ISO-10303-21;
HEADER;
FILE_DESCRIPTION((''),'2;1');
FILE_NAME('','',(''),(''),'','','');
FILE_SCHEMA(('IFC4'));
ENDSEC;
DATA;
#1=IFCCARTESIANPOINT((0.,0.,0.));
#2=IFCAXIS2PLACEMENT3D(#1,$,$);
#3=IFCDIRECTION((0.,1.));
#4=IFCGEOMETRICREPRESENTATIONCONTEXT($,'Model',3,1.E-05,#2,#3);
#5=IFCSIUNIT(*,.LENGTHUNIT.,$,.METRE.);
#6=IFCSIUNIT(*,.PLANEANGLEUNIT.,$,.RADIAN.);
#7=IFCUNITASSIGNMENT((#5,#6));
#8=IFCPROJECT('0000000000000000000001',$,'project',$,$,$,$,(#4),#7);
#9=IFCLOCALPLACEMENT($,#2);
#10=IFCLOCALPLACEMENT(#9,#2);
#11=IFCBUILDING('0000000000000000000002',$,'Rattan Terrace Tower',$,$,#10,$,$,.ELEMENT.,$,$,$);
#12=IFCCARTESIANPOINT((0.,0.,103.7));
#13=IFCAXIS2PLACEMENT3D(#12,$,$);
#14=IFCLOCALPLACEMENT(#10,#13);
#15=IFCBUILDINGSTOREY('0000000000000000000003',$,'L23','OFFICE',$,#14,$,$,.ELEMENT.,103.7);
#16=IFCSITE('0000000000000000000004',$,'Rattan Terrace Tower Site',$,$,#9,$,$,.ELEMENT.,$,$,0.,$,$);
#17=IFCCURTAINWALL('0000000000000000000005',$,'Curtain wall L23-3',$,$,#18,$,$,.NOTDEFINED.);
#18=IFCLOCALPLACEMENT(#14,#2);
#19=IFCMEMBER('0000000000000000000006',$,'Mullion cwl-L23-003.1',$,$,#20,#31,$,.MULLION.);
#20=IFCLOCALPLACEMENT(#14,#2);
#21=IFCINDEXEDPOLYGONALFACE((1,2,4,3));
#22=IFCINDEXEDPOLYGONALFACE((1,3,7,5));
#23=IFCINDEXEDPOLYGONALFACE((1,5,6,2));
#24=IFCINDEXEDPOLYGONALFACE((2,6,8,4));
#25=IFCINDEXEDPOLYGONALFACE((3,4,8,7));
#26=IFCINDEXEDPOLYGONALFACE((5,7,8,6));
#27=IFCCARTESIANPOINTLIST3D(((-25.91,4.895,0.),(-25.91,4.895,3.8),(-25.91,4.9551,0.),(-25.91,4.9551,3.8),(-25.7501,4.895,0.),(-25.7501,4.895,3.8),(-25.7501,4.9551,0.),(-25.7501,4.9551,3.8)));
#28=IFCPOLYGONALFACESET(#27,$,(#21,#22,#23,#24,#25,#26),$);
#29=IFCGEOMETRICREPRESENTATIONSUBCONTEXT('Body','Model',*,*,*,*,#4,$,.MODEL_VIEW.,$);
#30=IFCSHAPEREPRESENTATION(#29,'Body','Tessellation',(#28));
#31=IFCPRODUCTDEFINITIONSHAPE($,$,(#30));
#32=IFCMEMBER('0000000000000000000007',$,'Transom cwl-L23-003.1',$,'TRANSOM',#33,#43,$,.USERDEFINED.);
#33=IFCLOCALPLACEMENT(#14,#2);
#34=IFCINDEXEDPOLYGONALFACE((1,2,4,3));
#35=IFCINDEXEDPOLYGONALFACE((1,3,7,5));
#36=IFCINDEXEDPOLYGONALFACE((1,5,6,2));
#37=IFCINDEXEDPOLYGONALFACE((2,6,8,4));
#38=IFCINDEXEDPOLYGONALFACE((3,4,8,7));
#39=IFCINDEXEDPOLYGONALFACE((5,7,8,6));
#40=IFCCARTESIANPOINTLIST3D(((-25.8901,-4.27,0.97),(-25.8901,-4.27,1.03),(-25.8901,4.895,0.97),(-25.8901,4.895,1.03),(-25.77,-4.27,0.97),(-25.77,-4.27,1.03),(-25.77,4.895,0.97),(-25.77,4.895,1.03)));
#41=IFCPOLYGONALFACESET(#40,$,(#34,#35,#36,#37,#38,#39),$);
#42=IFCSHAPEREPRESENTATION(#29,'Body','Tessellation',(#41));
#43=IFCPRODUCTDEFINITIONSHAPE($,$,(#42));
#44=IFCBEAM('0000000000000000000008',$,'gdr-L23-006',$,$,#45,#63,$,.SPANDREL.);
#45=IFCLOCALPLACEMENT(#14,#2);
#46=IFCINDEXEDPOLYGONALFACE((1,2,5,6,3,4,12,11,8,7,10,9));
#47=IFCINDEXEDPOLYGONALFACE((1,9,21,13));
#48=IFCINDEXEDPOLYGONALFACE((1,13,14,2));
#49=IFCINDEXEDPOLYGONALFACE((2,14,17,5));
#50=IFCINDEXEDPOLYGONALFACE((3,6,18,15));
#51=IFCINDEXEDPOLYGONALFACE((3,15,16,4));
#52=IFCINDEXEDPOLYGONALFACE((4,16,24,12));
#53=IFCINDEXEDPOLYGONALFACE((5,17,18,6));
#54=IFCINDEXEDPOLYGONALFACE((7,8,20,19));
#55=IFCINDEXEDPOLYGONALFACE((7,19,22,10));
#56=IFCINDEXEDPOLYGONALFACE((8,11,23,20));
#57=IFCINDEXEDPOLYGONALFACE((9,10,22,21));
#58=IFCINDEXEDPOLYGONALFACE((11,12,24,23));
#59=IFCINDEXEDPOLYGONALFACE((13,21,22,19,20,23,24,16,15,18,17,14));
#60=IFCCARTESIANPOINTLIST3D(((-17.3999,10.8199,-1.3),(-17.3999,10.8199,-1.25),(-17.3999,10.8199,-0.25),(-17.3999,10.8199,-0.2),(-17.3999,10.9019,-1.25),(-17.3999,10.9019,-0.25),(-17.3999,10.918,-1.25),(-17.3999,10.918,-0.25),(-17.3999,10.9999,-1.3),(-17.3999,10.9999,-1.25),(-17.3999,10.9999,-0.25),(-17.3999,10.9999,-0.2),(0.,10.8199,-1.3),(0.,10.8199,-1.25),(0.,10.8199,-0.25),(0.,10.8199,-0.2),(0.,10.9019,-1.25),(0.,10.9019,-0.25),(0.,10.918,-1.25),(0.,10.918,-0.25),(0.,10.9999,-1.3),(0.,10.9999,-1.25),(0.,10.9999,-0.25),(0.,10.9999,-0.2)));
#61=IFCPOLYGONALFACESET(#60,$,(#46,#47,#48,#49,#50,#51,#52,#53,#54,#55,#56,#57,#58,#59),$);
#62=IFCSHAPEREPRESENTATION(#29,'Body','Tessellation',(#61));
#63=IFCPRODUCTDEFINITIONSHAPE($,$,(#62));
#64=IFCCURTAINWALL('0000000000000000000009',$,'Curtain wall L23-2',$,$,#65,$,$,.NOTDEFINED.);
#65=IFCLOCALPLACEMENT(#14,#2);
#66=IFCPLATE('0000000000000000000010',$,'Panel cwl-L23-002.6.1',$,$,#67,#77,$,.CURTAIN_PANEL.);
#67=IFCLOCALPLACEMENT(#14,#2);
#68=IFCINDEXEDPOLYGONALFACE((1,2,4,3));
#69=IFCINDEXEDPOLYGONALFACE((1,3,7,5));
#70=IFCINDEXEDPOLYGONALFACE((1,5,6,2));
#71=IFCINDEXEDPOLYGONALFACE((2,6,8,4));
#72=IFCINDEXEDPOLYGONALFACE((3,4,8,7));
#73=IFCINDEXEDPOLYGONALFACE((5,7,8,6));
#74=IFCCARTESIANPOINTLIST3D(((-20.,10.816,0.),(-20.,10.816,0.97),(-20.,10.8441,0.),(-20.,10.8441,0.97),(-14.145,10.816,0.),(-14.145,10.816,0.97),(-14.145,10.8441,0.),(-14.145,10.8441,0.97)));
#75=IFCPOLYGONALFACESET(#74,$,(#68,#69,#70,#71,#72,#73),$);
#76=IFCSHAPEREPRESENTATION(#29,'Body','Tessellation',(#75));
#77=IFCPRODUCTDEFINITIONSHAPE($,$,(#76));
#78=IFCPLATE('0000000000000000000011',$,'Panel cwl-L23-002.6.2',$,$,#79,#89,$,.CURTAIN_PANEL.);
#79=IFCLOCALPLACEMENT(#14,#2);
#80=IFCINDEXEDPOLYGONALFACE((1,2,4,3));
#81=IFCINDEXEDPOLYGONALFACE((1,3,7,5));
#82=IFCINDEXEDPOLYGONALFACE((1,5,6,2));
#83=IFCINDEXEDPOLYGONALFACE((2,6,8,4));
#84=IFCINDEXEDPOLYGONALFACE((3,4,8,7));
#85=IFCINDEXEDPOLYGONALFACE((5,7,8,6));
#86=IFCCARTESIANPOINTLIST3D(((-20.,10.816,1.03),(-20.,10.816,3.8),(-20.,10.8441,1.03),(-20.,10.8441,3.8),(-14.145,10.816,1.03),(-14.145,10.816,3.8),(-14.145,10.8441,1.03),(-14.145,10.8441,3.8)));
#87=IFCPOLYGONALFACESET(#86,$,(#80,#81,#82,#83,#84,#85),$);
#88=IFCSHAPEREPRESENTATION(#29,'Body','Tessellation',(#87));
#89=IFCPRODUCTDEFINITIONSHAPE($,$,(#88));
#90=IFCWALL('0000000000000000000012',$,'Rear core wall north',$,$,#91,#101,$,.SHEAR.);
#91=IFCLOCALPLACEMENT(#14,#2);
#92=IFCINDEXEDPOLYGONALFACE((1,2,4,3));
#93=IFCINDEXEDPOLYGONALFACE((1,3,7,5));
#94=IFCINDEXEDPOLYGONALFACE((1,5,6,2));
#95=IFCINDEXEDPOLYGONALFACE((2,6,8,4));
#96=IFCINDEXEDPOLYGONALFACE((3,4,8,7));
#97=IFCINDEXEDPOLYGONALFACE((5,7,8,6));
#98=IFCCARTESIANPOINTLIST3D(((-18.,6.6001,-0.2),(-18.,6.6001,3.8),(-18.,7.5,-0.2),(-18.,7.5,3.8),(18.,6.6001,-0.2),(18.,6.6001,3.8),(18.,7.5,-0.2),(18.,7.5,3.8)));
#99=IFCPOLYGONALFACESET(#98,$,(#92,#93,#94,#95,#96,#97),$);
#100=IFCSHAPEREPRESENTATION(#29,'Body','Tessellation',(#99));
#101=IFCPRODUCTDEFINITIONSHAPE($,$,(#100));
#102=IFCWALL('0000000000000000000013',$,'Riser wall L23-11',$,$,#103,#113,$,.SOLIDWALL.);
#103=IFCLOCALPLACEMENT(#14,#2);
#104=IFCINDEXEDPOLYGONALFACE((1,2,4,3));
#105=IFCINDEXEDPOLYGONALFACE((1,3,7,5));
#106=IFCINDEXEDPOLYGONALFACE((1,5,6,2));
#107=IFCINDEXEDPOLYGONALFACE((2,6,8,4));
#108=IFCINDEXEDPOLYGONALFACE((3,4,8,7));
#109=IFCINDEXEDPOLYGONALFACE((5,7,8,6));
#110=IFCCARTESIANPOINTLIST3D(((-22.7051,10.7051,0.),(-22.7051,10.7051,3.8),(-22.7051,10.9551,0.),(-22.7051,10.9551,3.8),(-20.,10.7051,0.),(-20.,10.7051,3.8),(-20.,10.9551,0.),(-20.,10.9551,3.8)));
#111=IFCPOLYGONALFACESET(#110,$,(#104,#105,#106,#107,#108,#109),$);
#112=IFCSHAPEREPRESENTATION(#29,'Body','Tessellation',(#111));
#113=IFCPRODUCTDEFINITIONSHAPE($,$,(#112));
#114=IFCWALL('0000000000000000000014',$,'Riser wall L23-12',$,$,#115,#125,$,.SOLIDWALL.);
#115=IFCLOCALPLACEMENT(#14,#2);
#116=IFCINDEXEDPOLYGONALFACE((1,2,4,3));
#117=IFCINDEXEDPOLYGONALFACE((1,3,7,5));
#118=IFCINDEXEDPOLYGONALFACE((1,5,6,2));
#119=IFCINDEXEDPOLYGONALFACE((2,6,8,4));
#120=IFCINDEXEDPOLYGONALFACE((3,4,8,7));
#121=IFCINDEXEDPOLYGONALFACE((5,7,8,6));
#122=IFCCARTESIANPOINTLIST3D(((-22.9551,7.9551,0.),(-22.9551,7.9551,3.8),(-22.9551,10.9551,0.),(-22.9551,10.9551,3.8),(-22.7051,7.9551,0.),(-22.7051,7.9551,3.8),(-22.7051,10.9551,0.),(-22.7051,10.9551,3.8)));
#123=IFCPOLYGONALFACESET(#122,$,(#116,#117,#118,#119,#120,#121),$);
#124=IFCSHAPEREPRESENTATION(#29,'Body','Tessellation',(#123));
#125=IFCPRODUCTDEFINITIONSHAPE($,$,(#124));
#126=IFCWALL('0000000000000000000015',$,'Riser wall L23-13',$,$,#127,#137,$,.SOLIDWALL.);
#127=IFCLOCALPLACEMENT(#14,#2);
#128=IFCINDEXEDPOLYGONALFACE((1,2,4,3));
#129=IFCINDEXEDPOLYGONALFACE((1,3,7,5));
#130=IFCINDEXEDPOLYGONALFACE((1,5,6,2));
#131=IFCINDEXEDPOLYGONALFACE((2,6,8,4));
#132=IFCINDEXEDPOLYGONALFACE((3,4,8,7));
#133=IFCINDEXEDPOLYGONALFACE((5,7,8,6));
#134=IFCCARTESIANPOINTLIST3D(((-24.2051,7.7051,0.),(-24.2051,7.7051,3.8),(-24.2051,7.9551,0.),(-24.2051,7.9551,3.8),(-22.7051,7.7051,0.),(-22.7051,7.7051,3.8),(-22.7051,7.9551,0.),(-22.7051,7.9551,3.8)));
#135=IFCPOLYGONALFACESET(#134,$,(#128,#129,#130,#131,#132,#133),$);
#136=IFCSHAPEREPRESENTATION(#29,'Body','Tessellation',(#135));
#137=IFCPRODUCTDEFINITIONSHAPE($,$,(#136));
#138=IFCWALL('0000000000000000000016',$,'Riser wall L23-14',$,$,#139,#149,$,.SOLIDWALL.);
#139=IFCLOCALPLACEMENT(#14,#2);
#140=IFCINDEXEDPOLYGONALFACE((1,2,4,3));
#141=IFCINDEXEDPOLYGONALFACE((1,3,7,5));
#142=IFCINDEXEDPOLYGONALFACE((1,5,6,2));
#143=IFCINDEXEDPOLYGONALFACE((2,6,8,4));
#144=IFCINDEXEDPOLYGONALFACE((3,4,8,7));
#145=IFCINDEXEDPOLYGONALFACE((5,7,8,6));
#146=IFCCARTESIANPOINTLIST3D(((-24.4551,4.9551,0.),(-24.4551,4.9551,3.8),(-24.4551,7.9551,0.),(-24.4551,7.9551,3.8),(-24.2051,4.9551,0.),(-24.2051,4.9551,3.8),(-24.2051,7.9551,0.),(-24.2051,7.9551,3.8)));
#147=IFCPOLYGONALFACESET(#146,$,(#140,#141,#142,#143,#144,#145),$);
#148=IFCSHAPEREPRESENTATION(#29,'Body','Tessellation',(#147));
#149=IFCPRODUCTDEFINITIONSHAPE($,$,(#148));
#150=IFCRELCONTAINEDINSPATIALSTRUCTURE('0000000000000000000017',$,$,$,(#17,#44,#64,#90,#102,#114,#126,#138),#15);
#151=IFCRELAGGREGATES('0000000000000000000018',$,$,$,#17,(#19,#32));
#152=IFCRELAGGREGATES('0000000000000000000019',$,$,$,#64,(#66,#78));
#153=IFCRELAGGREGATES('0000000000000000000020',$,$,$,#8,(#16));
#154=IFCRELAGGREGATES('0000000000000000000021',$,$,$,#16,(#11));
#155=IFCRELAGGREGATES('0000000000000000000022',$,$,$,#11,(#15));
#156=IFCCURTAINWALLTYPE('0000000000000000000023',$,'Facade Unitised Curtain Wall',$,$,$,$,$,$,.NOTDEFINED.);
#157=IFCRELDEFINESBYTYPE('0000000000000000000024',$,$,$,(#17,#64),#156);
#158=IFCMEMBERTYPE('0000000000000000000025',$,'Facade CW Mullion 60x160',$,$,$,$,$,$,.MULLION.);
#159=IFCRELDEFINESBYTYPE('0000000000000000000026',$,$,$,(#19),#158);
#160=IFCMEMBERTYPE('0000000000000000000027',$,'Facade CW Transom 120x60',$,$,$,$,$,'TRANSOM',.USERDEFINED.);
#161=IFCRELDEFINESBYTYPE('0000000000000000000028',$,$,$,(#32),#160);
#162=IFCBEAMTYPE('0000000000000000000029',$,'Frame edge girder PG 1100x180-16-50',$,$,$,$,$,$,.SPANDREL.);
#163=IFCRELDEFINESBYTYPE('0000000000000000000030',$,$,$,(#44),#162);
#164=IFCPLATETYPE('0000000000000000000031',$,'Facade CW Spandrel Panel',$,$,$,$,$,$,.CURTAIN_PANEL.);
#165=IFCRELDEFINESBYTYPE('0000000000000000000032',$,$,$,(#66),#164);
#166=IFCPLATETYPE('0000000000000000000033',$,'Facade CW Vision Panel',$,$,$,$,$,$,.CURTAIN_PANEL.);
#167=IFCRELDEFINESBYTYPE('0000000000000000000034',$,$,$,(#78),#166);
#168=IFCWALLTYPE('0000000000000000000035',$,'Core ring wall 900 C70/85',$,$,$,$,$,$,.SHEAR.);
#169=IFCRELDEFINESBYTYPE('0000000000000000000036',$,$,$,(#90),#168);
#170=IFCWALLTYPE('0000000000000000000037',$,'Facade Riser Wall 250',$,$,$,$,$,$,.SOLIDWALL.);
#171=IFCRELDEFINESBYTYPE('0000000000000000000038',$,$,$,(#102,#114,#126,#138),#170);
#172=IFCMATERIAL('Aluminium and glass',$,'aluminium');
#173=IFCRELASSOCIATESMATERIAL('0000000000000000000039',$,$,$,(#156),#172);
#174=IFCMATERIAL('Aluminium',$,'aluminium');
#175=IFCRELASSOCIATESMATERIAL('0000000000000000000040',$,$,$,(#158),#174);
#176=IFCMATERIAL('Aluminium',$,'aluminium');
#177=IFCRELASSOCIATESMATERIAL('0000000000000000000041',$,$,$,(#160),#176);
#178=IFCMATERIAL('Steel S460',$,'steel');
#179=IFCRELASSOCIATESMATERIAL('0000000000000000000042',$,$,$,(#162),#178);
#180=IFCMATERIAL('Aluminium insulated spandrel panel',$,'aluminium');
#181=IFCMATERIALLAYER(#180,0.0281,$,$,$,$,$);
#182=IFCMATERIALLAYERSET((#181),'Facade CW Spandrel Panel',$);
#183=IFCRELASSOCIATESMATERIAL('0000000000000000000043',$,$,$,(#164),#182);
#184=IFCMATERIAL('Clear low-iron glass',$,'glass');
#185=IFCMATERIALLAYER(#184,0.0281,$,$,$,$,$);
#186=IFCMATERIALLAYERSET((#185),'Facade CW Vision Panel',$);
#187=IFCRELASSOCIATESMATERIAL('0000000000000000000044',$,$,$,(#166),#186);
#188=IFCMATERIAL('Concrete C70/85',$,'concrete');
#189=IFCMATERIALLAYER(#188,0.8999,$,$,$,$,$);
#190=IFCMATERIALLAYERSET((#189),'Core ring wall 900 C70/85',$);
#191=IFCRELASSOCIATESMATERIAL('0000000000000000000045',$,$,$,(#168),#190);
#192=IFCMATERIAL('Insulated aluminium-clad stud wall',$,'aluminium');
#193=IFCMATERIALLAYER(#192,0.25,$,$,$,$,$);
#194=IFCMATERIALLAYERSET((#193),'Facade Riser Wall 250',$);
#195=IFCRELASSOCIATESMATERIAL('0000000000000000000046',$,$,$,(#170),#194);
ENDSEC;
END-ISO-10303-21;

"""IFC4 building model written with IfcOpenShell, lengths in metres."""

from ifc_helpers import new_model, si_unit, direction, frame, frame_2d, origin, origin_2d, place, context, subcontext, project, spatial, rectangle, i_section, extrude, material, layer, layer_set, material_profile, profile_set, type_object, element, aggregate, save


model = new_model("IFC4")

# Units and contexts
model_context = context("Model", 3, precision=1e-05, world=origin(), true_north=direction((0.0, 1.0)))
body_context = subcontext(model_context, "Body", "Model", "MODEL_VIEW")
ifc_project = project(units=[si_unit("LENGTHUNIT", "METRE"), si_unit("PLANEANGLEUNIT", "RADIAN")], contexts=[model_context])

# Site, building, storey
site_placement = place(None, origin())
site = spatial("IfcSite", under=ifc_project, at=site_placement, Name="Rattan Terrace Tower Site", CompositionType="ELEMENT", RefElevation=0.0)
building_placement = place(site_placement, origin())
building = spatial("IfcBuilding", under=site, at=building_placement, Name="Rattan Terrace Tower", CompositionType="ELEMENT")
storey_placement = place(building_placement, frame((0.0, 0.0, 103.7)))
storey = spatial("IfcBuildingStorey", under=building, at=storey_placement, Name="L23", Description="OFFICE", CompositionType="ELEMENT", Elevation=103.7)

# Curtain wall, members
ifc_material_1 = material(Name="Aluminium and glass", Category="aluminium")
curtain_wall_type = type_object("IfcCurtainWallType", Name="Facade Unitised Curtain Wall", PredefinedType="NOTDEFINED", material=ifc_material_1)
curtain_wall_1_placement = place(storey_placement, origin())
curtain_wall_1 = element("IfcCurtainWall", 1, at=curtain_wall_1_placement, inside=storey, type_object=curtain_wall_type, Name="Curtain wall L23-3", PredefinedType="NOTDEFINED")
ifc_material_2 = material(Name="Aluminium", Category="aluminium")
ifc_material_profile_1 = material_profile(ifc_material_2, rectangle(XDim=0.0601, YDim=0.1599, at=origin_2d()), Name="Aluminium 60x160")
ifc_profile_set_1 = profile_set([ifc_material_profile_1], Name="Aluminium")
member_type_1 = type_object("IfcMemberType", Name="Facade CW Mullion 60x160", PredefinedType="MULLION", material=ifc_profile_set_1)
member_1_placement = place(storey_placement, frame((-25.8301, 4.925, 0.0), z_axis=(0.0, 0.0, 1.0), x_axis=(0.0, -1.0, 0.0)))
member_1 = element("IfcMember", 2, at=member_1_placement, type_object=member_type_1, Name="Mullion cwl-L23-003.1", PredefinedType="MULLION", context=body_context, shape_type="SweptSolid", body=[
    extrude(rectangle(XDim=0.0601, YDim=0.1599, at=origin_2d()), origin(), (0.0, 0.0, 1.0), 3.8),
])
ifc_material_3 = material(Name="Aluminium", Category="aluminium")
ifc_material_profile_2 = material_profile(ifc_material_3, rectangle(XDim=0.1201, YDim=0.0601, at=origin_2d()), Name="Aluminium 120x60")
ifc_profile_set_2 = profile_set([ifc_material_profile_2], Name="Aluminium")
member_type_2 = type_object("IfcMemberType", Name="Facade CW Transom 120x60", ElementType="TRANSOM", PredefinedType="USERDEFINED", material=ifc_profile_set_2)
member_2_placement = place(storey_placement, frame((-25.8301, 4.895, 1.0), z_axis=(0.0, -1.0, 0.0), x_axis=(1.0, 0.0, 0.0)))
member_2 = element("IfcMember", 3, at=member_2_placement, type_object=member_type_2, Name="Transom cwl-L23-003.1", ObjectType="TRANSOM", PredefinedType="USERDEFINED", context=body_context, shape_type="SweptSolid", body=[
    extrude(rectangle(XDim=0.1201, YDim=0.0601, at=origin_2d()), origin(), (0.0, 0.0, 1.0), 9.165),
])
aggregate(curtain_wall_1, [member_1, member_2])

# Beam
ifc_material_4 = material(Name="Steel S460", Category="steel")
ifc_material_profile_3 = material_profile(ifc_material_4, i_section(OverallWidth=0.1799, OverallDepth=1.1001, WebThickness=0.0161, FlangeThickness=0.05, at=origin_2d()), Name="PG 1100x180-16-50")
ifc_profile_set_3 = profile_set([ifc_material_profile_3], Name="Steel S460")
beam_type = type_object("IfcBeamType", Name="Frame edge girder PG 1100x180-16-50", PredefinedType="SPANDREL", material=ifc_profile_set_3)
beam_placement = place(storey_placement, frame((-17.3999, 10.9099, -0.75), z_axis=(1.0, 0.0, 0.0), x_axis=(0.0, 1.0, 0.0)))
element("IfcBeam", 4, at=beam_placement, inside=storey, type_object=beam_type, Name="gdr-L23-006", PredefinedType="SPANDREL", context=body_context, shape_type="SweptSolid", body=[
    extrude(i_section(OverallWidth=0.1799, OverallDepth=1.1001, WebThickness=0.0161, FlangeThickness=0.05, at=origin_2d()), origin(), (0.0, 0.0, 1.0), 17.3999),
])

# Curtain wall, plates
curtain_wall_2_placement = place(storey_placement, origin())
curtain_wall_2 = element("IfcCurtainWall", 5, at=curtain_wall_2_placement, inside=storey, type_object=curtain_wall_type, Name="Curtain wall L23-2", PredefinedType="NOTDEFINED")
ifc_material_5 = material(Name="Aluminium insulated spandrel panel", Category="aluminium")
ifc_layer_1 = layer(ifc_material_5, 0.0281)
ifc_layer_set_1 = layer_set([ifc_layer_1], Name="Facade CW Spandrel Panel")
plate_type_1 = type_object("IfcPlateType", Name="Facade CW Spandrel Panel", PredefinedType="CURTAIN_PANEL", material=ifc_layer_set_1)
plate_1_placement = place(storey_placement, frame((-17.0725, 10.8301, 0.0), z_axis=(0.0, 0.0, 1.0), x_axis=(-1.0, 0.0, 0.0)))
plate_1 = element("IfcPlate", 6, at=plate_1_placement, type_object=plate_type_1, Name="Panel cwl-L23-002.6.1", PredefinedType="CURTAIN_PANEL", context=body_context, shape_type="SweptSolid", body=[
    extrude(rectangle(XDim=5.855, YDim=0.0281, at=origin_2d()), origin(), (0.0, 0.0, 1.0), 0.97),
])
ifc_material_6 = material(Name="Clear low-iron glass", Category="glass")
ifc_layer_2 = layer(ifc_material_6, 0.0281)
ifc_layer_set_2 = layer_set([ifc_layer_2], Name="Facade CW Vision Panel")
plate_type_2 = type_object("IfcPlateType", Name="Facade CW Vision Panel", PredefinedType="CURTAIN_PANEL", material=ifc_layer_set_2)
plate_2_placement = place(storey_placement, frame((-17.0725, 10.8301, 1.03), z_axis=(0.0, 0.0, 1.0), x_axis=(-1.0, 0.0, 0.0)))
plate_2 = element("IfcPlate", 7, at=plate_2_placement, type_object=plate_type_2, Name="Panel cwl-L23-002.6.2", PredefinedType="CURTAIN_PANEL", context=body_context, shape_type="SweptSolid", body=[
    extrude(rectangle(XDim=5.855, YDim=0.0281, at=origin_2d()), origin(), (0.0, 0.0, 1.0), 2.77),
])
aggregate(curtain_wall_2, [plate_1, plate_2])

# Walls
ifc_material_7 = material(Name="Concrete C70/85", Category="concrete")
ifc_layer_3 = layer(ifc_material_7, 0.8999)
ifc_layer_set_3 = layer_set([ifc_layer_3], Name="Core ring wall 900 C70/85")
wall_type_1 = type_object("IfcWallType", Name="Core ring wall 900 C70/85", PredefinedType="SHEAR", material=ifc_layer_set_3)
wall_1_placement = place(storey_placement, frame((-18.0, 7.05, -0.2), z_axis=(0.0, 0.0, 1.0), x_axis=(1.0, 0.0, 0.0)))
element("IfcWall", 8, at=wall_1_placement, inside=storey, type_object=wall_type_1, Name="Rear core wall north", PredefinedType="SHEAR", context=body_context, shape_type="SweptSolid", body=[
    extrude(rectangle(XDim=36.0, YDim=0.8999, at=frame_2d((18.0, 0.0))), origin(), (0.0, 0.0, 1.0), 4.0),
])
ifc_material_8 = material(Name="Insulated aluminium-clad stud wall", Category="aluminium")
ifc_layer_4 = layer(ifc_material_8, 0.25)
ifc_layer_set_4 = layer_set([ifc_layer_4], Name="Facade Riser Wall 250")
wall_type_2 = type_object("IfcWallType", Name="Facade Riser Wall 250", PredefinedType="SOLIDWALL", material=ifc_layer_set_4)
wall_2_placement = place(storey_placement, frame((-20.0, 10.8301, 0.0), z_axis=(0.0, 0.0, 1.0), x_axis=(-1.0, 0.0, 0.0)))
element("IfcWall", 9, at=wall_2_placement, inside=storey, type_object=wall_type_2, Name="Riser wall L23-11", PredefinedType="SOLIDWALL", context=body_context, shape_type="SweptSolid", body=[
    extrude(rectangle(XDim=2.7051, YDim=0.25, at=frame_2d((1.3525, 0.0))), origin(), (0.0, 0.0, 1.0), 3.8),
])
wall_3_placement = place(storey_placement, frame((-22.8301, 10.9551, 0.0), z_axis=(0.0, 0.0, 1.0), x_axis=(0.0, -1.0, 0.0)))
element("IfcWall", 10, at=wall_3_placement, inside=storey, type_object=wall_type_2, Name="Riser wall L23-12", PredefinedType="SOLIDWALL", context=body_context, shape_type="SweptSolid", body=[
    extrude(rectangle(XDim=3.0, YDim=0.25, at=frame_2d((1.5, 0.0))), origin(), (0.0, 0.0, 1.0), 3.8),
])
wall_4_placement = place(storey_placement, frame((-22.7051, 7.8301, 0.0), z_axis=(0.0, 0.0, 1.0), x_axis=(-1.0, 0.0, 0.0)))
element("IfcWall", 11, at=wall_4_placement, inside=storey, type_object=wall_type_2, Name="Riser wall L23-13", PredefinedType="SOLIDWALL", context=body_context, shape_type="SweptSolid", body=[
    extrude(rectangle(XDim=1.5, YDim=0.25, at=frame_2d((0.75, 0.0))), origin(), (0.0, 0.0, 1.0), 3.8),
])
wall_5_placement = place(storey_placement, frame((-24.3301, 7.9551, 0.0), z_axis=(0.0, 0.0, 1.0), x_axis=(0.0, -1.0, 0.0)))
element("IfcWall", 12, at=wall_5_placement, inside=storey, type_object=wall_type_2, Name="Riser wall L23-14", PredefinedType="SOLIDWALL", context=body_context, shape_type="SweptSolid", body=[
    extrude(rectangle(XDim=3.0, YDim=0.25, at=frame_2d((1.5, 0.0))), origin(), (0.0, 0.0, 1.0), 3.8),
])

save(model, "model.ifc")
